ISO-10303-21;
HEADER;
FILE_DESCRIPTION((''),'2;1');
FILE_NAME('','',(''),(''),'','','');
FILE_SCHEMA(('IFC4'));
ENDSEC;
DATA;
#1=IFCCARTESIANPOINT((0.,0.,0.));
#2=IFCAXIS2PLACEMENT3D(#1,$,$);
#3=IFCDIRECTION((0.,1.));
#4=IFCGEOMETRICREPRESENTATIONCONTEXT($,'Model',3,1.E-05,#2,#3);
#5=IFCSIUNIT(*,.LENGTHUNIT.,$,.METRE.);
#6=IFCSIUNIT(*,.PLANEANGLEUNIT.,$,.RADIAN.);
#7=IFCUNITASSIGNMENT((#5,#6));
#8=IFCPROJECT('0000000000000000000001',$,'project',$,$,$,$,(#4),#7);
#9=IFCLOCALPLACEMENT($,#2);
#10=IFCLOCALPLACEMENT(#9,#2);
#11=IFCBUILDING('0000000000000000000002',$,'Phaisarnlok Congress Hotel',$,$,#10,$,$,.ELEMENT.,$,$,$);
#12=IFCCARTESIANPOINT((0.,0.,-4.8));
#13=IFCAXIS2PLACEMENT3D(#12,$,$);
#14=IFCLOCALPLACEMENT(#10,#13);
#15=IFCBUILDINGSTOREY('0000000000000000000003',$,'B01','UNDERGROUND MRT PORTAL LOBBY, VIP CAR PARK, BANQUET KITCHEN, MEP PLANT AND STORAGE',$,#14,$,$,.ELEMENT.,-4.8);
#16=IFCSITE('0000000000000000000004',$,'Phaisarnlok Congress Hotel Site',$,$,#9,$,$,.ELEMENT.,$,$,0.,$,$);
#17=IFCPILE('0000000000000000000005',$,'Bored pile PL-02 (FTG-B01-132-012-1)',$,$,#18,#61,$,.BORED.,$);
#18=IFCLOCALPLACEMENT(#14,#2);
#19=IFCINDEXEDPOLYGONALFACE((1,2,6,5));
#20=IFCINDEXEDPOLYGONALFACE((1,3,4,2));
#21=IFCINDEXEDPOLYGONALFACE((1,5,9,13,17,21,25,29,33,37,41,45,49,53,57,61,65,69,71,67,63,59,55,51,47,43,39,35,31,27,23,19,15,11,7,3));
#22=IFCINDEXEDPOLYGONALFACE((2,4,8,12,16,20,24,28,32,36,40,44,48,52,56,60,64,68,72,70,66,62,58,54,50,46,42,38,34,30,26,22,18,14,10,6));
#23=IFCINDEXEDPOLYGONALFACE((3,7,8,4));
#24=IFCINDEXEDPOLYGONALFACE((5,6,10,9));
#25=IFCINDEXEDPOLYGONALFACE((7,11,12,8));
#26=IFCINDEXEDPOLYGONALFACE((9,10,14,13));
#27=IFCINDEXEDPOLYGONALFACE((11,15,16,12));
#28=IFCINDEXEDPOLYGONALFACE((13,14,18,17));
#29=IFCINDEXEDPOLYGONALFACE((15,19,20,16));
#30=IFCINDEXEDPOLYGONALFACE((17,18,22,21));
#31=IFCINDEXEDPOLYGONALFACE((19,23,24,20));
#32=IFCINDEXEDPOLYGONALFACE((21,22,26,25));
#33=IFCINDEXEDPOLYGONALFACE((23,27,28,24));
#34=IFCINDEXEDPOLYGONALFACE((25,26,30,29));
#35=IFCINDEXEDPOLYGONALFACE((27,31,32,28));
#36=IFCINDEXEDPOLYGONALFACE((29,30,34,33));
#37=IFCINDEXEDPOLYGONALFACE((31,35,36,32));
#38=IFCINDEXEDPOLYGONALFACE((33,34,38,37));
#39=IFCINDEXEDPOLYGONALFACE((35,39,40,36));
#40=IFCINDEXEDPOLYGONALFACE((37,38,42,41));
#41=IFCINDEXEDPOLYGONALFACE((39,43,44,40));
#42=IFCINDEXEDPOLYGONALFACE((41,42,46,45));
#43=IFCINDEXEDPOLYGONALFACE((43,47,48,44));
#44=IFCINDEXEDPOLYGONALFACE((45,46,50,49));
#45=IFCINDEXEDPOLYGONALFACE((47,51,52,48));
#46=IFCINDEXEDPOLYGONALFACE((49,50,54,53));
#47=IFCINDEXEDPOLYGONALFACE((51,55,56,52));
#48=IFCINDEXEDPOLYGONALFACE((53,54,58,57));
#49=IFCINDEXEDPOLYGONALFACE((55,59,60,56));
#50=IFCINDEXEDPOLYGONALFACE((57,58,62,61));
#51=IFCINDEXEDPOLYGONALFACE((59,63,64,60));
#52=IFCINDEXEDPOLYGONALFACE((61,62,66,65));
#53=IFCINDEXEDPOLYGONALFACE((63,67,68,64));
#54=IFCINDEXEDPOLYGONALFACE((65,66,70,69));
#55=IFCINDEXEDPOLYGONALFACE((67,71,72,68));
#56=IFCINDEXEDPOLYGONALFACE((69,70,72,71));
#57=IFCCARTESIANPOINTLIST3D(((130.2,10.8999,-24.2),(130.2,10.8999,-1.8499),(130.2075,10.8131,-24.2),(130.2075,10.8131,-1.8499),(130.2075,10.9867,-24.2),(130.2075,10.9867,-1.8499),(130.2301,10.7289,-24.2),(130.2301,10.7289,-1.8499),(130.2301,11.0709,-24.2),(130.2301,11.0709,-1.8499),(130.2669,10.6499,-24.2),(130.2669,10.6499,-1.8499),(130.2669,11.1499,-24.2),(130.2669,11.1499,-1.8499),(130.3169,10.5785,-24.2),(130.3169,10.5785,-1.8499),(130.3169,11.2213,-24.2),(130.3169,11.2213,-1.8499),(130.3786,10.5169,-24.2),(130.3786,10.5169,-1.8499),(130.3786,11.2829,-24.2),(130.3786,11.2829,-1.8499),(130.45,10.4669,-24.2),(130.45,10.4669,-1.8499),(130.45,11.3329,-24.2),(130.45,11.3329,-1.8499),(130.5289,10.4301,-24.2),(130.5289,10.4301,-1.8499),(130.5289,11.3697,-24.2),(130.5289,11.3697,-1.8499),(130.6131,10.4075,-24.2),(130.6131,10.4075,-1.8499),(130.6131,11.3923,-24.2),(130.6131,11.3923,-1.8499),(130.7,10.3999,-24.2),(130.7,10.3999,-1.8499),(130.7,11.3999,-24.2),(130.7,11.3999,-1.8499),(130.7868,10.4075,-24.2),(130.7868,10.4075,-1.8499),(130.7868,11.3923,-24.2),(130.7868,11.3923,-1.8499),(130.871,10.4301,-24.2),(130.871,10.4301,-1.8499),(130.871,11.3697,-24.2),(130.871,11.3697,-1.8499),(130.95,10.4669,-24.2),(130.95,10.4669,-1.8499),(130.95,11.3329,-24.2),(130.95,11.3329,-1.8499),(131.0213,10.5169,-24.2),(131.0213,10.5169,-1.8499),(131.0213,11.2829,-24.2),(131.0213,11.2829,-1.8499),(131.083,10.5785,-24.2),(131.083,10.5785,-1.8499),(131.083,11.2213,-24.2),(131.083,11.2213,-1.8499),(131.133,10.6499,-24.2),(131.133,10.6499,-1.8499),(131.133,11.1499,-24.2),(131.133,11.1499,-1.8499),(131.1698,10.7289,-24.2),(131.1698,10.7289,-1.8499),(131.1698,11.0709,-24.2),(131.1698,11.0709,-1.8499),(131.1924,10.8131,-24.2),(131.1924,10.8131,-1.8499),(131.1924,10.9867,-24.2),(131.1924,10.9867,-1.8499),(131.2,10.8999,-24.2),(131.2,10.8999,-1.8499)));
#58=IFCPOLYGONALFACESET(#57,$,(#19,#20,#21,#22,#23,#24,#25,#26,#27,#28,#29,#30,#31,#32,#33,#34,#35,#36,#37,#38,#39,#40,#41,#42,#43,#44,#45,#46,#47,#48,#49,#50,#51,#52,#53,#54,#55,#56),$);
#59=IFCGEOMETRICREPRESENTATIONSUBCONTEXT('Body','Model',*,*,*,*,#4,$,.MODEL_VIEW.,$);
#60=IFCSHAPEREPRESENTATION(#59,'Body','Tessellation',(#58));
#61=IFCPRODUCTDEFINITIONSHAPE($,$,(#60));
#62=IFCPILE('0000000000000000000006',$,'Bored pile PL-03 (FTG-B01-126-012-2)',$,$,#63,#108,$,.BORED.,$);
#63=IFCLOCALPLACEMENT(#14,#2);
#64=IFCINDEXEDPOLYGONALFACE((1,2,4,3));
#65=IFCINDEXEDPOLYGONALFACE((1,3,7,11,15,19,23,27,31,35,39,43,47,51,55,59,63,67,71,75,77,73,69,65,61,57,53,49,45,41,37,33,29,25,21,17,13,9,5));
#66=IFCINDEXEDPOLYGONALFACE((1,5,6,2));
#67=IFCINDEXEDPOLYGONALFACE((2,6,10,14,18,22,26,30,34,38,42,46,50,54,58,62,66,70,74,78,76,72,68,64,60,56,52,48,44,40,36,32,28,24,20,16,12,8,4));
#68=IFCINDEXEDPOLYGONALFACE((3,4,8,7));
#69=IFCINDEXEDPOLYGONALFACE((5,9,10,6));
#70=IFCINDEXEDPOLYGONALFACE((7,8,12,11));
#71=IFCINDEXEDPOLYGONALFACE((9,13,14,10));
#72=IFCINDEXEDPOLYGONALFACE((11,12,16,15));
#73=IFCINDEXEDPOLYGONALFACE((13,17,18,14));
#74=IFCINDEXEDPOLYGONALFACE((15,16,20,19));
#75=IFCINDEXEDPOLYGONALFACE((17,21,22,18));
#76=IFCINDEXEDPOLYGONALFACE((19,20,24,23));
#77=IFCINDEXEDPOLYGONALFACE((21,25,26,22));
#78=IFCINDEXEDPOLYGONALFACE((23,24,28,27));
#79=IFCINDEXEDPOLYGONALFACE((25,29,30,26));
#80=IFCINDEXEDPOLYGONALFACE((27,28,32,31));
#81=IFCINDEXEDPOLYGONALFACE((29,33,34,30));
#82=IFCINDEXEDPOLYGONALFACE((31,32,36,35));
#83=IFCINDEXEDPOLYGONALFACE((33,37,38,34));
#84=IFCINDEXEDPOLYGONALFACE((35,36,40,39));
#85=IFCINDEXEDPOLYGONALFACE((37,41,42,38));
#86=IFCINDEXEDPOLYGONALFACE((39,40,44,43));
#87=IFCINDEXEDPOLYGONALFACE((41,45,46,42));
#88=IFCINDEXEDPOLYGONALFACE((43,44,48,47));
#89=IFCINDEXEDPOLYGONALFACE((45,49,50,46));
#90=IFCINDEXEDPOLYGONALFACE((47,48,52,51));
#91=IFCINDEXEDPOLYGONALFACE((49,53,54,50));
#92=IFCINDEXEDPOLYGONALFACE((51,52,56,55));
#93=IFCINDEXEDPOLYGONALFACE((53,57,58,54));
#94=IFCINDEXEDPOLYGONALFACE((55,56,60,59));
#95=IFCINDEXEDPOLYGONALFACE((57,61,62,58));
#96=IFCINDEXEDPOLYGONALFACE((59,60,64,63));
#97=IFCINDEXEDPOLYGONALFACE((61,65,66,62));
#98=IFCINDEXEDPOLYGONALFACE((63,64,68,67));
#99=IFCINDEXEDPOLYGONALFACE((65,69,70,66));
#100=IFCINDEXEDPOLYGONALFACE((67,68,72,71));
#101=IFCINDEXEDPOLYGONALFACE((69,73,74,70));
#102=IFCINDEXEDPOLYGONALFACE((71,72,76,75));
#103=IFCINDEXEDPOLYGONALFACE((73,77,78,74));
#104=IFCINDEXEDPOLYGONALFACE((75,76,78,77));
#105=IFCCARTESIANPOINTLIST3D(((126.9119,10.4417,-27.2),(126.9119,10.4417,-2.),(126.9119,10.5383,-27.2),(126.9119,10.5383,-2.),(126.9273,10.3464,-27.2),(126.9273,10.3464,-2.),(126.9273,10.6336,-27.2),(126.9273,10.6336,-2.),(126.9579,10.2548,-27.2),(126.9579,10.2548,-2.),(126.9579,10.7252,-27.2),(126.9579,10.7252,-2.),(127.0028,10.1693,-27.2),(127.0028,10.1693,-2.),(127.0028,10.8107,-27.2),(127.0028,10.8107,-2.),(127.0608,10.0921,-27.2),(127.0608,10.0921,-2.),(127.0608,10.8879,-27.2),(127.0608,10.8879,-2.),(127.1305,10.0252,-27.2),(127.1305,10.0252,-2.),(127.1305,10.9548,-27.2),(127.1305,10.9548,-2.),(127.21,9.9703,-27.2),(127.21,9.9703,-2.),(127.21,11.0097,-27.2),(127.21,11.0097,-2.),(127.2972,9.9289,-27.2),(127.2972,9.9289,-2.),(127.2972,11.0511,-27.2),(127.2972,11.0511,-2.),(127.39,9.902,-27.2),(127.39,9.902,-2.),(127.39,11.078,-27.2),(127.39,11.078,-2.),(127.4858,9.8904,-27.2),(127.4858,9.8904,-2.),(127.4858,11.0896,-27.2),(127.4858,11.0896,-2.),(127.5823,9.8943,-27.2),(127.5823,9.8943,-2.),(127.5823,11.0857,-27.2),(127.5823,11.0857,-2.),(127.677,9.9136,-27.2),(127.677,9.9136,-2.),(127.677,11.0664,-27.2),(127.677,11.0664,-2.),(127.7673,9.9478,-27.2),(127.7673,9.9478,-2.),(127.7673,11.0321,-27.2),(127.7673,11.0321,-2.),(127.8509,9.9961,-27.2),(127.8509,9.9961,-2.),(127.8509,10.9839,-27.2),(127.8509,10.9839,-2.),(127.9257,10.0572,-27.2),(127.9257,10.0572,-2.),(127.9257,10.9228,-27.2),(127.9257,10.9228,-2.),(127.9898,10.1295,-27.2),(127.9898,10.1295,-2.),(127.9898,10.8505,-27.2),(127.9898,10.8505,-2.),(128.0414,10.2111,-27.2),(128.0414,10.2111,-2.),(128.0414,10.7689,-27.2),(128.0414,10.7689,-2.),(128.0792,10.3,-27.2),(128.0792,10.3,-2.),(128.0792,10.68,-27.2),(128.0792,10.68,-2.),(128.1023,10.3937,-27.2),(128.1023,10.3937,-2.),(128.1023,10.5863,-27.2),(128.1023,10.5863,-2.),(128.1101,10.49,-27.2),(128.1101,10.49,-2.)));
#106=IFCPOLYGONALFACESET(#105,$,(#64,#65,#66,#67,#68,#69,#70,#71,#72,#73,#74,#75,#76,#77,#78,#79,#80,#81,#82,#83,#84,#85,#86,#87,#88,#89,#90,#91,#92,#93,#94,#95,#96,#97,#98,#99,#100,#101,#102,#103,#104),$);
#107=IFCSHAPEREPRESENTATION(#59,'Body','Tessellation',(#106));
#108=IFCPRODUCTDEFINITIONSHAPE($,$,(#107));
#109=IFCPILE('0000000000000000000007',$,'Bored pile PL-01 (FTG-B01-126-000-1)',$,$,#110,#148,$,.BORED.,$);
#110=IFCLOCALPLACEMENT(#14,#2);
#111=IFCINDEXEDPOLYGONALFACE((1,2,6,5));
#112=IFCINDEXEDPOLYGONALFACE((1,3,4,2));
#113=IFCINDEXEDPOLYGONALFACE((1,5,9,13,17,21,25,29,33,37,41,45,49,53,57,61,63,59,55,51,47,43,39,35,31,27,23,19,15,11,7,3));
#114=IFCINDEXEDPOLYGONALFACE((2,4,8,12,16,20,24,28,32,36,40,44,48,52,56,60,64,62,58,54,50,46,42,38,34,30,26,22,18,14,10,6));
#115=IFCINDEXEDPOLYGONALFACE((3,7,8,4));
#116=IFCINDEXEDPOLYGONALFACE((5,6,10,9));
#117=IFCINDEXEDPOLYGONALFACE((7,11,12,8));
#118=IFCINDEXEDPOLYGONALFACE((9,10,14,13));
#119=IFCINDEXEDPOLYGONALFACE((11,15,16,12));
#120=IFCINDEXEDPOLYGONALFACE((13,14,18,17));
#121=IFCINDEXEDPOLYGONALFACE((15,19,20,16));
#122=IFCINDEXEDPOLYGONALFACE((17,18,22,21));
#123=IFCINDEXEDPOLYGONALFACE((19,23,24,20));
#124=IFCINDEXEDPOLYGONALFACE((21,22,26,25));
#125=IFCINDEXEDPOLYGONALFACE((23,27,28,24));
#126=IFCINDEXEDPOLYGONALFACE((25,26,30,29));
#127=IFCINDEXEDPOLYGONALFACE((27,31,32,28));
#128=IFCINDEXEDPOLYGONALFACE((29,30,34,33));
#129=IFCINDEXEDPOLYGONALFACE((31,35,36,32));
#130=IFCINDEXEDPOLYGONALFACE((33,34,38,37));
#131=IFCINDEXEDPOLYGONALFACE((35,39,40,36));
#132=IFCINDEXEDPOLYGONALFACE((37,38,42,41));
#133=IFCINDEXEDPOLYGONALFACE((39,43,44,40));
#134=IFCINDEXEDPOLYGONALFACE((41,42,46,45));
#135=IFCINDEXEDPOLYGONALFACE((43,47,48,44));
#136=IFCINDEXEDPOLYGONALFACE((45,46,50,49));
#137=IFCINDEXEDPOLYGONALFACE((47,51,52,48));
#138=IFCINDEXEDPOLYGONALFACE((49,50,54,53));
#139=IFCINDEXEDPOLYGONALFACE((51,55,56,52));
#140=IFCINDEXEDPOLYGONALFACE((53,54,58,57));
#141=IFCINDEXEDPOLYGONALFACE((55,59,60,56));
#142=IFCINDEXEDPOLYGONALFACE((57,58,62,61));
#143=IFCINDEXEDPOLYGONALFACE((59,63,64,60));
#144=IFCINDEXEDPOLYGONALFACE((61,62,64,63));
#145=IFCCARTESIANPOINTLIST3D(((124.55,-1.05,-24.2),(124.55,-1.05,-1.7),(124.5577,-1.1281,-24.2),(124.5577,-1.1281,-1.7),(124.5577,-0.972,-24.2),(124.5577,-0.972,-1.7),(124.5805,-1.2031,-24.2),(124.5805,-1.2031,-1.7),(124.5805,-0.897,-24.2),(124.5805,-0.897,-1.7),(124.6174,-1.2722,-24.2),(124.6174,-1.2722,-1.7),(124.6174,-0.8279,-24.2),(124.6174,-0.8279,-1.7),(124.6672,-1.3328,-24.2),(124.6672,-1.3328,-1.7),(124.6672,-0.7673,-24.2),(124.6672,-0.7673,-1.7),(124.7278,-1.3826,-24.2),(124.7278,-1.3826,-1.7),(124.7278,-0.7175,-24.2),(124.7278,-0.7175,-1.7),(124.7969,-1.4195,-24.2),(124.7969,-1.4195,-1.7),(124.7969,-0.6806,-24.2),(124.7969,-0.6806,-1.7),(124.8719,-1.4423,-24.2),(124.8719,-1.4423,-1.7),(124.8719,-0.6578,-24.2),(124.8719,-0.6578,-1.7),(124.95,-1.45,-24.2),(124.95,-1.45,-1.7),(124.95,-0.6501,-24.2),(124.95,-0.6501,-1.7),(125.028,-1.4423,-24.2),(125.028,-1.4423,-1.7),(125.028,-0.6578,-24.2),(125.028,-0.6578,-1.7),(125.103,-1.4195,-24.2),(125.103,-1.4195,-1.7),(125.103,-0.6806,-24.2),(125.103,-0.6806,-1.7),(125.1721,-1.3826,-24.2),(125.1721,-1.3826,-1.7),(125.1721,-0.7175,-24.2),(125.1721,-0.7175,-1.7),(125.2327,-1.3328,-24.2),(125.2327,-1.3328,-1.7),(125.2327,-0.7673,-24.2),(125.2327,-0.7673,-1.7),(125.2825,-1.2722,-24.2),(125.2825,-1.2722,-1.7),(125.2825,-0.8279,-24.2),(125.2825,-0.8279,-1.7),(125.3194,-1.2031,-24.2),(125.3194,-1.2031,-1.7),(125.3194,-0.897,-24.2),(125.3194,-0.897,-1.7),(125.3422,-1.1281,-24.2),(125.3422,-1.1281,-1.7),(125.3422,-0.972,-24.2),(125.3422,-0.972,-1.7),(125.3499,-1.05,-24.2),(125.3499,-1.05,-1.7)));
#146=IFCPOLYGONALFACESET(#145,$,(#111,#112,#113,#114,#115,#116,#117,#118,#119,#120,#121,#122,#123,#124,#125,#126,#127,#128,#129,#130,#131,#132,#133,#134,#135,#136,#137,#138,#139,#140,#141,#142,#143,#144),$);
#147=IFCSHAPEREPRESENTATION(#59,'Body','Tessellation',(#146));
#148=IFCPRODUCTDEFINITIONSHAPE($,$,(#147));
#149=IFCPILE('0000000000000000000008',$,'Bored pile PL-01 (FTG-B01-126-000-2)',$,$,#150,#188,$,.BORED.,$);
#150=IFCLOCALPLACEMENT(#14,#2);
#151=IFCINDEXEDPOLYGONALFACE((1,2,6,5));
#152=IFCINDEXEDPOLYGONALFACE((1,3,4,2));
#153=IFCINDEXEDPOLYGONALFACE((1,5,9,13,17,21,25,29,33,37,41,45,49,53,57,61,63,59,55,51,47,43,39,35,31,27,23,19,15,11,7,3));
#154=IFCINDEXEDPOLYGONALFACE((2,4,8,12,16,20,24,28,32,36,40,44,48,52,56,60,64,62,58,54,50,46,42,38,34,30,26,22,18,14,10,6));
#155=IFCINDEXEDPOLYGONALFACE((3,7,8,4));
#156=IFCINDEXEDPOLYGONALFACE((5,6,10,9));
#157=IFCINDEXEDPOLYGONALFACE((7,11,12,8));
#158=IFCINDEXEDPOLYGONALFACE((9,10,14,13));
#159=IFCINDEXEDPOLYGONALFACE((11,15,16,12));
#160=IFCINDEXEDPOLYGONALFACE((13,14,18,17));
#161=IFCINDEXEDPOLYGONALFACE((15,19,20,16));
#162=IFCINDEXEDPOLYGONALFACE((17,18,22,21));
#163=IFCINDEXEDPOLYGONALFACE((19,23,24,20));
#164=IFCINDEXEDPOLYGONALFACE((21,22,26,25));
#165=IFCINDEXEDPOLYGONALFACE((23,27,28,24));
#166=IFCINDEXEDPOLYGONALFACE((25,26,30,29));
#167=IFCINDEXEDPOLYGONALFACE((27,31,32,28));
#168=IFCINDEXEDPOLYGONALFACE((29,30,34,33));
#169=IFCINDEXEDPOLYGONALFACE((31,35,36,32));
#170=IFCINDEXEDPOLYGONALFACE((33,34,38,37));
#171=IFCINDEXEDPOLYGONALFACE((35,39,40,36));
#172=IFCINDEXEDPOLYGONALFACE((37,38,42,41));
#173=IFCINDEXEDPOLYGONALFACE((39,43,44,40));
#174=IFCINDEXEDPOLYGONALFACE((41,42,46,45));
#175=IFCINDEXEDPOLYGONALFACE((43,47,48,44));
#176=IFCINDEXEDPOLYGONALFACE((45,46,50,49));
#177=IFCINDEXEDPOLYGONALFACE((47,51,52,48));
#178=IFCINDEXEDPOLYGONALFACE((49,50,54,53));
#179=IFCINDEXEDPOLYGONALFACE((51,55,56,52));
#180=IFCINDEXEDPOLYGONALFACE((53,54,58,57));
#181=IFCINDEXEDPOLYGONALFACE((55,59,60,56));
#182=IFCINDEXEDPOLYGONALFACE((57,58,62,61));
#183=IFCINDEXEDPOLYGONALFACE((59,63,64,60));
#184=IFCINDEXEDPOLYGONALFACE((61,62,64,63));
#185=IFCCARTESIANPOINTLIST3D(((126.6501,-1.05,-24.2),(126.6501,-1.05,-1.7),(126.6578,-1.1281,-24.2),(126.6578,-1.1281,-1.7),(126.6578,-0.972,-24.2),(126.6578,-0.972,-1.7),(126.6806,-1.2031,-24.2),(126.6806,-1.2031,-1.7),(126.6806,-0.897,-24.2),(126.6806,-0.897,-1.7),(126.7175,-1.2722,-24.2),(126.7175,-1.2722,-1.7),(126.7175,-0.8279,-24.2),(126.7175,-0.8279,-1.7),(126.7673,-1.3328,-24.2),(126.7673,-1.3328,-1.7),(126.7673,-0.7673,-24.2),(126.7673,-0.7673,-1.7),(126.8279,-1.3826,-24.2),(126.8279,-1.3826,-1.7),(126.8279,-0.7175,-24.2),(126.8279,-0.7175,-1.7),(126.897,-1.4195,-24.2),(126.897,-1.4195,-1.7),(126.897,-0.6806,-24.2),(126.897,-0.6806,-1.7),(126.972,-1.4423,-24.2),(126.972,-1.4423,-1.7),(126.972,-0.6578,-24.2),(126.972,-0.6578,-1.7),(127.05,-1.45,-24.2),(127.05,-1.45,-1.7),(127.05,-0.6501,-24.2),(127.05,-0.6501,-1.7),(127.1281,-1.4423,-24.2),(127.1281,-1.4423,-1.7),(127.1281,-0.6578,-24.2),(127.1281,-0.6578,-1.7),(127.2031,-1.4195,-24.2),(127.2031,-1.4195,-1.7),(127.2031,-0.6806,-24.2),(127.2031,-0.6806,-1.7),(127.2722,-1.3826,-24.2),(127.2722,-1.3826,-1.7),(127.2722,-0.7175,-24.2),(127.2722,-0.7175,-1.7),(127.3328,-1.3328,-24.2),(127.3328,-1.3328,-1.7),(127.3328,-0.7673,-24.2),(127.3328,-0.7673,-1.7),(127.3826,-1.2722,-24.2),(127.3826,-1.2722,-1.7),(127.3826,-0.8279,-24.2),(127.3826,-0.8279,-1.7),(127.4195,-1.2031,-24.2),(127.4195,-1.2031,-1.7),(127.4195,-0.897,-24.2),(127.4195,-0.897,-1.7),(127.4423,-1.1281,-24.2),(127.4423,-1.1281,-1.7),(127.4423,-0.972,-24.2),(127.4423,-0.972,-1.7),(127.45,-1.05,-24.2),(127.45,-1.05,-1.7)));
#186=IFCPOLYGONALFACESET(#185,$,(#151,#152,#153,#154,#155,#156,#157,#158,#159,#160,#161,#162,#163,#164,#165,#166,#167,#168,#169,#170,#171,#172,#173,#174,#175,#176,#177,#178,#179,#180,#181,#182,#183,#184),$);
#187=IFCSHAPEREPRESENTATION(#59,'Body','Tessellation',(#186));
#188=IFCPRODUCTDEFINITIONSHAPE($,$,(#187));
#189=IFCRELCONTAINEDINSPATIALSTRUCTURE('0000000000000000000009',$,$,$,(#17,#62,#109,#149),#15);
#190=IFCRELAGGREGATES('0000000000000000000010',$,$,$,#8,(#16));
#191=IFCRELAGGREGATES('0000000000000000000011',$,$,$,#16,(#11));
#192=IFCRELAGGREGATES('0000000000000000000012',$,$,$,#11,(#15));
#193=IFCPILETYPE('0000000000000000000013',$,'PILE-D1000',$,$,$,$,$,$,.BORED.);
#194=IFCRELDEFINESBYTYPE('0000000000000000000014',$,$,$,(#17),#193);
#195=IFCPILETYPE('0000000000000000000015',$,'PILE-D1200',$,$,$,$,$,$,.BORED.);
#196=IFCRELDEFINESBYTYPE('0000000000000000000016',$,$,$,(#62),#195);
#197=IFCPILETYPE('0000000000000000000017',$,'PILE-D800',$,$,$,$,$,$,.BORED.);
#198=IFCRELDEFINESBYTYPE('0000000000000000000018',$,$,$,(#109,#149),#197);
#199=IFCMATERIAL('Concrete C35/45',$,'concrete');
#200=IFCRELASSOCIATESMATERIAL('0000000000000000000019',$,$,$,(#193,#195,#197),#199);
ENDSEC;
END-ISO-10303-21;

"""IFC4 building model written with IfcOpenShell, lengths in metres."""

from ifc_helpers import new_model, si_unit, direction, frame, origin, origin_2d, place, context, subcontext, project, spatial, circle, extrude, material, material_profile, profile_set, type_object, element, save


model = new_model("IFC4")

# Units and contexts
model_context = context("Model", 3, precision=1e-05, world=origin(), true_north=direction((0.0, 1.0)))
body_context = subcontext(model_context, "Body", "Model", "MODEL_VIEW")
ifc_project = project(units=[si_unit("LENGTHUNIT", "METRE"), si_unit("PLANEANGLEUNIT", "RADIAN")], contexts=[model_context])

# Site, building, storey
site_placement = place(None, origin())
site = spatial("IfcSite", under=ifc_project, at=site_placement, Name="Phaisarnlok Congress Hotel Site", CompositionType="ELEMENT", RefElevation=0.0)
building_placement = place(site_placement, origin())
building = spatial("IfcBuilding", under=site, at=building_placement, Name="Phaisarnlok Congress Hotel", CompositionType="ELEMENT")
storey_placement = place(building_placement, frame((0.0, 0.0, -4.8)))
storey = spatial("IfcBuildingStorey", under=building, at=storey_placement, Name="B01", Description="UNDERGROUND MRT PORTAL LOBBY, VIP CAR PARK, BANQUET KITCHEN, MEP PLANT AND STORAGE", CompositionType="ELEMENT", Elevation=-4.8)

# Piles
ifc_material_1 = material(Name="Concrete C35/45", Category="concrete")
ifc_material_profile_1 = material_profile(ifc_material_1, circle(Radius=0.5, at=origin_2d()), Name="BORED PILE D1000")
ifc_profile_set_1 = profile_set([ifc_material_profile_1], Name="Concrete C35/45")
pile_type_1 = type_object("IfcPileType", Name="PILE-D1000", PredefinedType="BORED", material=ifc_profile_set_1)
pile_1_placement = place(storey_placement, frame((130.7, 10.8999, -1.8499), z_axis=(0.0, 0.0, -1.0), x_axis=(1.0, 0.0, 0.0)))
element("IfcPile", 1, at=pile_1_placement, inside=storey, type_object=pile_type_1, Name="Bored pile PL-02 (FTG-B01-132-012-1)", PredefinedType="BORED", context=body_context, shape_type="SweptSolid", body=[
    extrude(circle(Radius=0.5, at=origin_2d()), origin(), (0.0, 0.0, 1.0), 22.3501),
])
ifc_material_profile_2 = material_profile(ifc_material_1, circle(Radius=0.6001, at=origin_2d()), Name="BORED PILE D1200")
ifc_profile_set_2 = profile_set([ifc_material_profile_2], Name="Concrete C35/45")
pile_type_2 = type_object("IfcPileType", Name="PILE-D1200", PredefinedType="BORED", material=ifc_profile_set_2)
pile_2_placement = place(storey_placement, frame((127.51, 10.49, -2.0), z_axis=(0.0, 0.0, -1.0), x_axis=(1.0, 0.0, 0.0)))
element("IfcPile", 2, at=pile_2_placement, inside=storey, type_object=pile_type_2, Name="Bored pile PL-03 (FTG-B01-126-012-2)", PredefinedType="BORED", context=body_context, shape_type="SweptSolid", body=[
    extrude(circle(Radius=0.6001, at=origin_2d()), origin(), (0.0, 0.0, 1.0), 25.2),
])
ifc_material_profile_3 = material_profile(ifc_material_1, circle(Radius=0.3999, at=origin_2d()), Name="BORED PILE D800")
ifc_profile_set_3 = profile_set([ifc_material_profile_3], Name="Concrete C35/45")
pile_type_3 = type_object("IfcPileType", Name="PILE-D800", PredefinedType="BORED", material=ifc_profile_set_3)
for number, where, z_axis, x_axis, name in (
    (3, (124.95, -1.05, -1.7), (0.0, 0.0, -1.0), (1.0, 0.0, 0.0), "Bored pile PL-01 (FTG-B01-126-000-1)"),
    (4, (127.05, -1.05, -1.7), (0.0, 0.0, -1.0), (1.0, 0.0, 0.0), "Bored pile PL-01 (FTG-B01-126-000-2)"),
):
    element("IfcPile", number, at=place(storey_placement, frame(where, z_axis=z_axis, x_axis=x_axis)), inside=storey, type_object=pile_type_3, Name=name, PredefinedType="BORED", context=body_context, shape_type="SweptSolid", body=[
        extrude(circle(Radius=0.3999, at=origin_2d()), origin(), (0.0, 0.0, 1.0), 22.5),
    ])

save(model, "model.ifc")
